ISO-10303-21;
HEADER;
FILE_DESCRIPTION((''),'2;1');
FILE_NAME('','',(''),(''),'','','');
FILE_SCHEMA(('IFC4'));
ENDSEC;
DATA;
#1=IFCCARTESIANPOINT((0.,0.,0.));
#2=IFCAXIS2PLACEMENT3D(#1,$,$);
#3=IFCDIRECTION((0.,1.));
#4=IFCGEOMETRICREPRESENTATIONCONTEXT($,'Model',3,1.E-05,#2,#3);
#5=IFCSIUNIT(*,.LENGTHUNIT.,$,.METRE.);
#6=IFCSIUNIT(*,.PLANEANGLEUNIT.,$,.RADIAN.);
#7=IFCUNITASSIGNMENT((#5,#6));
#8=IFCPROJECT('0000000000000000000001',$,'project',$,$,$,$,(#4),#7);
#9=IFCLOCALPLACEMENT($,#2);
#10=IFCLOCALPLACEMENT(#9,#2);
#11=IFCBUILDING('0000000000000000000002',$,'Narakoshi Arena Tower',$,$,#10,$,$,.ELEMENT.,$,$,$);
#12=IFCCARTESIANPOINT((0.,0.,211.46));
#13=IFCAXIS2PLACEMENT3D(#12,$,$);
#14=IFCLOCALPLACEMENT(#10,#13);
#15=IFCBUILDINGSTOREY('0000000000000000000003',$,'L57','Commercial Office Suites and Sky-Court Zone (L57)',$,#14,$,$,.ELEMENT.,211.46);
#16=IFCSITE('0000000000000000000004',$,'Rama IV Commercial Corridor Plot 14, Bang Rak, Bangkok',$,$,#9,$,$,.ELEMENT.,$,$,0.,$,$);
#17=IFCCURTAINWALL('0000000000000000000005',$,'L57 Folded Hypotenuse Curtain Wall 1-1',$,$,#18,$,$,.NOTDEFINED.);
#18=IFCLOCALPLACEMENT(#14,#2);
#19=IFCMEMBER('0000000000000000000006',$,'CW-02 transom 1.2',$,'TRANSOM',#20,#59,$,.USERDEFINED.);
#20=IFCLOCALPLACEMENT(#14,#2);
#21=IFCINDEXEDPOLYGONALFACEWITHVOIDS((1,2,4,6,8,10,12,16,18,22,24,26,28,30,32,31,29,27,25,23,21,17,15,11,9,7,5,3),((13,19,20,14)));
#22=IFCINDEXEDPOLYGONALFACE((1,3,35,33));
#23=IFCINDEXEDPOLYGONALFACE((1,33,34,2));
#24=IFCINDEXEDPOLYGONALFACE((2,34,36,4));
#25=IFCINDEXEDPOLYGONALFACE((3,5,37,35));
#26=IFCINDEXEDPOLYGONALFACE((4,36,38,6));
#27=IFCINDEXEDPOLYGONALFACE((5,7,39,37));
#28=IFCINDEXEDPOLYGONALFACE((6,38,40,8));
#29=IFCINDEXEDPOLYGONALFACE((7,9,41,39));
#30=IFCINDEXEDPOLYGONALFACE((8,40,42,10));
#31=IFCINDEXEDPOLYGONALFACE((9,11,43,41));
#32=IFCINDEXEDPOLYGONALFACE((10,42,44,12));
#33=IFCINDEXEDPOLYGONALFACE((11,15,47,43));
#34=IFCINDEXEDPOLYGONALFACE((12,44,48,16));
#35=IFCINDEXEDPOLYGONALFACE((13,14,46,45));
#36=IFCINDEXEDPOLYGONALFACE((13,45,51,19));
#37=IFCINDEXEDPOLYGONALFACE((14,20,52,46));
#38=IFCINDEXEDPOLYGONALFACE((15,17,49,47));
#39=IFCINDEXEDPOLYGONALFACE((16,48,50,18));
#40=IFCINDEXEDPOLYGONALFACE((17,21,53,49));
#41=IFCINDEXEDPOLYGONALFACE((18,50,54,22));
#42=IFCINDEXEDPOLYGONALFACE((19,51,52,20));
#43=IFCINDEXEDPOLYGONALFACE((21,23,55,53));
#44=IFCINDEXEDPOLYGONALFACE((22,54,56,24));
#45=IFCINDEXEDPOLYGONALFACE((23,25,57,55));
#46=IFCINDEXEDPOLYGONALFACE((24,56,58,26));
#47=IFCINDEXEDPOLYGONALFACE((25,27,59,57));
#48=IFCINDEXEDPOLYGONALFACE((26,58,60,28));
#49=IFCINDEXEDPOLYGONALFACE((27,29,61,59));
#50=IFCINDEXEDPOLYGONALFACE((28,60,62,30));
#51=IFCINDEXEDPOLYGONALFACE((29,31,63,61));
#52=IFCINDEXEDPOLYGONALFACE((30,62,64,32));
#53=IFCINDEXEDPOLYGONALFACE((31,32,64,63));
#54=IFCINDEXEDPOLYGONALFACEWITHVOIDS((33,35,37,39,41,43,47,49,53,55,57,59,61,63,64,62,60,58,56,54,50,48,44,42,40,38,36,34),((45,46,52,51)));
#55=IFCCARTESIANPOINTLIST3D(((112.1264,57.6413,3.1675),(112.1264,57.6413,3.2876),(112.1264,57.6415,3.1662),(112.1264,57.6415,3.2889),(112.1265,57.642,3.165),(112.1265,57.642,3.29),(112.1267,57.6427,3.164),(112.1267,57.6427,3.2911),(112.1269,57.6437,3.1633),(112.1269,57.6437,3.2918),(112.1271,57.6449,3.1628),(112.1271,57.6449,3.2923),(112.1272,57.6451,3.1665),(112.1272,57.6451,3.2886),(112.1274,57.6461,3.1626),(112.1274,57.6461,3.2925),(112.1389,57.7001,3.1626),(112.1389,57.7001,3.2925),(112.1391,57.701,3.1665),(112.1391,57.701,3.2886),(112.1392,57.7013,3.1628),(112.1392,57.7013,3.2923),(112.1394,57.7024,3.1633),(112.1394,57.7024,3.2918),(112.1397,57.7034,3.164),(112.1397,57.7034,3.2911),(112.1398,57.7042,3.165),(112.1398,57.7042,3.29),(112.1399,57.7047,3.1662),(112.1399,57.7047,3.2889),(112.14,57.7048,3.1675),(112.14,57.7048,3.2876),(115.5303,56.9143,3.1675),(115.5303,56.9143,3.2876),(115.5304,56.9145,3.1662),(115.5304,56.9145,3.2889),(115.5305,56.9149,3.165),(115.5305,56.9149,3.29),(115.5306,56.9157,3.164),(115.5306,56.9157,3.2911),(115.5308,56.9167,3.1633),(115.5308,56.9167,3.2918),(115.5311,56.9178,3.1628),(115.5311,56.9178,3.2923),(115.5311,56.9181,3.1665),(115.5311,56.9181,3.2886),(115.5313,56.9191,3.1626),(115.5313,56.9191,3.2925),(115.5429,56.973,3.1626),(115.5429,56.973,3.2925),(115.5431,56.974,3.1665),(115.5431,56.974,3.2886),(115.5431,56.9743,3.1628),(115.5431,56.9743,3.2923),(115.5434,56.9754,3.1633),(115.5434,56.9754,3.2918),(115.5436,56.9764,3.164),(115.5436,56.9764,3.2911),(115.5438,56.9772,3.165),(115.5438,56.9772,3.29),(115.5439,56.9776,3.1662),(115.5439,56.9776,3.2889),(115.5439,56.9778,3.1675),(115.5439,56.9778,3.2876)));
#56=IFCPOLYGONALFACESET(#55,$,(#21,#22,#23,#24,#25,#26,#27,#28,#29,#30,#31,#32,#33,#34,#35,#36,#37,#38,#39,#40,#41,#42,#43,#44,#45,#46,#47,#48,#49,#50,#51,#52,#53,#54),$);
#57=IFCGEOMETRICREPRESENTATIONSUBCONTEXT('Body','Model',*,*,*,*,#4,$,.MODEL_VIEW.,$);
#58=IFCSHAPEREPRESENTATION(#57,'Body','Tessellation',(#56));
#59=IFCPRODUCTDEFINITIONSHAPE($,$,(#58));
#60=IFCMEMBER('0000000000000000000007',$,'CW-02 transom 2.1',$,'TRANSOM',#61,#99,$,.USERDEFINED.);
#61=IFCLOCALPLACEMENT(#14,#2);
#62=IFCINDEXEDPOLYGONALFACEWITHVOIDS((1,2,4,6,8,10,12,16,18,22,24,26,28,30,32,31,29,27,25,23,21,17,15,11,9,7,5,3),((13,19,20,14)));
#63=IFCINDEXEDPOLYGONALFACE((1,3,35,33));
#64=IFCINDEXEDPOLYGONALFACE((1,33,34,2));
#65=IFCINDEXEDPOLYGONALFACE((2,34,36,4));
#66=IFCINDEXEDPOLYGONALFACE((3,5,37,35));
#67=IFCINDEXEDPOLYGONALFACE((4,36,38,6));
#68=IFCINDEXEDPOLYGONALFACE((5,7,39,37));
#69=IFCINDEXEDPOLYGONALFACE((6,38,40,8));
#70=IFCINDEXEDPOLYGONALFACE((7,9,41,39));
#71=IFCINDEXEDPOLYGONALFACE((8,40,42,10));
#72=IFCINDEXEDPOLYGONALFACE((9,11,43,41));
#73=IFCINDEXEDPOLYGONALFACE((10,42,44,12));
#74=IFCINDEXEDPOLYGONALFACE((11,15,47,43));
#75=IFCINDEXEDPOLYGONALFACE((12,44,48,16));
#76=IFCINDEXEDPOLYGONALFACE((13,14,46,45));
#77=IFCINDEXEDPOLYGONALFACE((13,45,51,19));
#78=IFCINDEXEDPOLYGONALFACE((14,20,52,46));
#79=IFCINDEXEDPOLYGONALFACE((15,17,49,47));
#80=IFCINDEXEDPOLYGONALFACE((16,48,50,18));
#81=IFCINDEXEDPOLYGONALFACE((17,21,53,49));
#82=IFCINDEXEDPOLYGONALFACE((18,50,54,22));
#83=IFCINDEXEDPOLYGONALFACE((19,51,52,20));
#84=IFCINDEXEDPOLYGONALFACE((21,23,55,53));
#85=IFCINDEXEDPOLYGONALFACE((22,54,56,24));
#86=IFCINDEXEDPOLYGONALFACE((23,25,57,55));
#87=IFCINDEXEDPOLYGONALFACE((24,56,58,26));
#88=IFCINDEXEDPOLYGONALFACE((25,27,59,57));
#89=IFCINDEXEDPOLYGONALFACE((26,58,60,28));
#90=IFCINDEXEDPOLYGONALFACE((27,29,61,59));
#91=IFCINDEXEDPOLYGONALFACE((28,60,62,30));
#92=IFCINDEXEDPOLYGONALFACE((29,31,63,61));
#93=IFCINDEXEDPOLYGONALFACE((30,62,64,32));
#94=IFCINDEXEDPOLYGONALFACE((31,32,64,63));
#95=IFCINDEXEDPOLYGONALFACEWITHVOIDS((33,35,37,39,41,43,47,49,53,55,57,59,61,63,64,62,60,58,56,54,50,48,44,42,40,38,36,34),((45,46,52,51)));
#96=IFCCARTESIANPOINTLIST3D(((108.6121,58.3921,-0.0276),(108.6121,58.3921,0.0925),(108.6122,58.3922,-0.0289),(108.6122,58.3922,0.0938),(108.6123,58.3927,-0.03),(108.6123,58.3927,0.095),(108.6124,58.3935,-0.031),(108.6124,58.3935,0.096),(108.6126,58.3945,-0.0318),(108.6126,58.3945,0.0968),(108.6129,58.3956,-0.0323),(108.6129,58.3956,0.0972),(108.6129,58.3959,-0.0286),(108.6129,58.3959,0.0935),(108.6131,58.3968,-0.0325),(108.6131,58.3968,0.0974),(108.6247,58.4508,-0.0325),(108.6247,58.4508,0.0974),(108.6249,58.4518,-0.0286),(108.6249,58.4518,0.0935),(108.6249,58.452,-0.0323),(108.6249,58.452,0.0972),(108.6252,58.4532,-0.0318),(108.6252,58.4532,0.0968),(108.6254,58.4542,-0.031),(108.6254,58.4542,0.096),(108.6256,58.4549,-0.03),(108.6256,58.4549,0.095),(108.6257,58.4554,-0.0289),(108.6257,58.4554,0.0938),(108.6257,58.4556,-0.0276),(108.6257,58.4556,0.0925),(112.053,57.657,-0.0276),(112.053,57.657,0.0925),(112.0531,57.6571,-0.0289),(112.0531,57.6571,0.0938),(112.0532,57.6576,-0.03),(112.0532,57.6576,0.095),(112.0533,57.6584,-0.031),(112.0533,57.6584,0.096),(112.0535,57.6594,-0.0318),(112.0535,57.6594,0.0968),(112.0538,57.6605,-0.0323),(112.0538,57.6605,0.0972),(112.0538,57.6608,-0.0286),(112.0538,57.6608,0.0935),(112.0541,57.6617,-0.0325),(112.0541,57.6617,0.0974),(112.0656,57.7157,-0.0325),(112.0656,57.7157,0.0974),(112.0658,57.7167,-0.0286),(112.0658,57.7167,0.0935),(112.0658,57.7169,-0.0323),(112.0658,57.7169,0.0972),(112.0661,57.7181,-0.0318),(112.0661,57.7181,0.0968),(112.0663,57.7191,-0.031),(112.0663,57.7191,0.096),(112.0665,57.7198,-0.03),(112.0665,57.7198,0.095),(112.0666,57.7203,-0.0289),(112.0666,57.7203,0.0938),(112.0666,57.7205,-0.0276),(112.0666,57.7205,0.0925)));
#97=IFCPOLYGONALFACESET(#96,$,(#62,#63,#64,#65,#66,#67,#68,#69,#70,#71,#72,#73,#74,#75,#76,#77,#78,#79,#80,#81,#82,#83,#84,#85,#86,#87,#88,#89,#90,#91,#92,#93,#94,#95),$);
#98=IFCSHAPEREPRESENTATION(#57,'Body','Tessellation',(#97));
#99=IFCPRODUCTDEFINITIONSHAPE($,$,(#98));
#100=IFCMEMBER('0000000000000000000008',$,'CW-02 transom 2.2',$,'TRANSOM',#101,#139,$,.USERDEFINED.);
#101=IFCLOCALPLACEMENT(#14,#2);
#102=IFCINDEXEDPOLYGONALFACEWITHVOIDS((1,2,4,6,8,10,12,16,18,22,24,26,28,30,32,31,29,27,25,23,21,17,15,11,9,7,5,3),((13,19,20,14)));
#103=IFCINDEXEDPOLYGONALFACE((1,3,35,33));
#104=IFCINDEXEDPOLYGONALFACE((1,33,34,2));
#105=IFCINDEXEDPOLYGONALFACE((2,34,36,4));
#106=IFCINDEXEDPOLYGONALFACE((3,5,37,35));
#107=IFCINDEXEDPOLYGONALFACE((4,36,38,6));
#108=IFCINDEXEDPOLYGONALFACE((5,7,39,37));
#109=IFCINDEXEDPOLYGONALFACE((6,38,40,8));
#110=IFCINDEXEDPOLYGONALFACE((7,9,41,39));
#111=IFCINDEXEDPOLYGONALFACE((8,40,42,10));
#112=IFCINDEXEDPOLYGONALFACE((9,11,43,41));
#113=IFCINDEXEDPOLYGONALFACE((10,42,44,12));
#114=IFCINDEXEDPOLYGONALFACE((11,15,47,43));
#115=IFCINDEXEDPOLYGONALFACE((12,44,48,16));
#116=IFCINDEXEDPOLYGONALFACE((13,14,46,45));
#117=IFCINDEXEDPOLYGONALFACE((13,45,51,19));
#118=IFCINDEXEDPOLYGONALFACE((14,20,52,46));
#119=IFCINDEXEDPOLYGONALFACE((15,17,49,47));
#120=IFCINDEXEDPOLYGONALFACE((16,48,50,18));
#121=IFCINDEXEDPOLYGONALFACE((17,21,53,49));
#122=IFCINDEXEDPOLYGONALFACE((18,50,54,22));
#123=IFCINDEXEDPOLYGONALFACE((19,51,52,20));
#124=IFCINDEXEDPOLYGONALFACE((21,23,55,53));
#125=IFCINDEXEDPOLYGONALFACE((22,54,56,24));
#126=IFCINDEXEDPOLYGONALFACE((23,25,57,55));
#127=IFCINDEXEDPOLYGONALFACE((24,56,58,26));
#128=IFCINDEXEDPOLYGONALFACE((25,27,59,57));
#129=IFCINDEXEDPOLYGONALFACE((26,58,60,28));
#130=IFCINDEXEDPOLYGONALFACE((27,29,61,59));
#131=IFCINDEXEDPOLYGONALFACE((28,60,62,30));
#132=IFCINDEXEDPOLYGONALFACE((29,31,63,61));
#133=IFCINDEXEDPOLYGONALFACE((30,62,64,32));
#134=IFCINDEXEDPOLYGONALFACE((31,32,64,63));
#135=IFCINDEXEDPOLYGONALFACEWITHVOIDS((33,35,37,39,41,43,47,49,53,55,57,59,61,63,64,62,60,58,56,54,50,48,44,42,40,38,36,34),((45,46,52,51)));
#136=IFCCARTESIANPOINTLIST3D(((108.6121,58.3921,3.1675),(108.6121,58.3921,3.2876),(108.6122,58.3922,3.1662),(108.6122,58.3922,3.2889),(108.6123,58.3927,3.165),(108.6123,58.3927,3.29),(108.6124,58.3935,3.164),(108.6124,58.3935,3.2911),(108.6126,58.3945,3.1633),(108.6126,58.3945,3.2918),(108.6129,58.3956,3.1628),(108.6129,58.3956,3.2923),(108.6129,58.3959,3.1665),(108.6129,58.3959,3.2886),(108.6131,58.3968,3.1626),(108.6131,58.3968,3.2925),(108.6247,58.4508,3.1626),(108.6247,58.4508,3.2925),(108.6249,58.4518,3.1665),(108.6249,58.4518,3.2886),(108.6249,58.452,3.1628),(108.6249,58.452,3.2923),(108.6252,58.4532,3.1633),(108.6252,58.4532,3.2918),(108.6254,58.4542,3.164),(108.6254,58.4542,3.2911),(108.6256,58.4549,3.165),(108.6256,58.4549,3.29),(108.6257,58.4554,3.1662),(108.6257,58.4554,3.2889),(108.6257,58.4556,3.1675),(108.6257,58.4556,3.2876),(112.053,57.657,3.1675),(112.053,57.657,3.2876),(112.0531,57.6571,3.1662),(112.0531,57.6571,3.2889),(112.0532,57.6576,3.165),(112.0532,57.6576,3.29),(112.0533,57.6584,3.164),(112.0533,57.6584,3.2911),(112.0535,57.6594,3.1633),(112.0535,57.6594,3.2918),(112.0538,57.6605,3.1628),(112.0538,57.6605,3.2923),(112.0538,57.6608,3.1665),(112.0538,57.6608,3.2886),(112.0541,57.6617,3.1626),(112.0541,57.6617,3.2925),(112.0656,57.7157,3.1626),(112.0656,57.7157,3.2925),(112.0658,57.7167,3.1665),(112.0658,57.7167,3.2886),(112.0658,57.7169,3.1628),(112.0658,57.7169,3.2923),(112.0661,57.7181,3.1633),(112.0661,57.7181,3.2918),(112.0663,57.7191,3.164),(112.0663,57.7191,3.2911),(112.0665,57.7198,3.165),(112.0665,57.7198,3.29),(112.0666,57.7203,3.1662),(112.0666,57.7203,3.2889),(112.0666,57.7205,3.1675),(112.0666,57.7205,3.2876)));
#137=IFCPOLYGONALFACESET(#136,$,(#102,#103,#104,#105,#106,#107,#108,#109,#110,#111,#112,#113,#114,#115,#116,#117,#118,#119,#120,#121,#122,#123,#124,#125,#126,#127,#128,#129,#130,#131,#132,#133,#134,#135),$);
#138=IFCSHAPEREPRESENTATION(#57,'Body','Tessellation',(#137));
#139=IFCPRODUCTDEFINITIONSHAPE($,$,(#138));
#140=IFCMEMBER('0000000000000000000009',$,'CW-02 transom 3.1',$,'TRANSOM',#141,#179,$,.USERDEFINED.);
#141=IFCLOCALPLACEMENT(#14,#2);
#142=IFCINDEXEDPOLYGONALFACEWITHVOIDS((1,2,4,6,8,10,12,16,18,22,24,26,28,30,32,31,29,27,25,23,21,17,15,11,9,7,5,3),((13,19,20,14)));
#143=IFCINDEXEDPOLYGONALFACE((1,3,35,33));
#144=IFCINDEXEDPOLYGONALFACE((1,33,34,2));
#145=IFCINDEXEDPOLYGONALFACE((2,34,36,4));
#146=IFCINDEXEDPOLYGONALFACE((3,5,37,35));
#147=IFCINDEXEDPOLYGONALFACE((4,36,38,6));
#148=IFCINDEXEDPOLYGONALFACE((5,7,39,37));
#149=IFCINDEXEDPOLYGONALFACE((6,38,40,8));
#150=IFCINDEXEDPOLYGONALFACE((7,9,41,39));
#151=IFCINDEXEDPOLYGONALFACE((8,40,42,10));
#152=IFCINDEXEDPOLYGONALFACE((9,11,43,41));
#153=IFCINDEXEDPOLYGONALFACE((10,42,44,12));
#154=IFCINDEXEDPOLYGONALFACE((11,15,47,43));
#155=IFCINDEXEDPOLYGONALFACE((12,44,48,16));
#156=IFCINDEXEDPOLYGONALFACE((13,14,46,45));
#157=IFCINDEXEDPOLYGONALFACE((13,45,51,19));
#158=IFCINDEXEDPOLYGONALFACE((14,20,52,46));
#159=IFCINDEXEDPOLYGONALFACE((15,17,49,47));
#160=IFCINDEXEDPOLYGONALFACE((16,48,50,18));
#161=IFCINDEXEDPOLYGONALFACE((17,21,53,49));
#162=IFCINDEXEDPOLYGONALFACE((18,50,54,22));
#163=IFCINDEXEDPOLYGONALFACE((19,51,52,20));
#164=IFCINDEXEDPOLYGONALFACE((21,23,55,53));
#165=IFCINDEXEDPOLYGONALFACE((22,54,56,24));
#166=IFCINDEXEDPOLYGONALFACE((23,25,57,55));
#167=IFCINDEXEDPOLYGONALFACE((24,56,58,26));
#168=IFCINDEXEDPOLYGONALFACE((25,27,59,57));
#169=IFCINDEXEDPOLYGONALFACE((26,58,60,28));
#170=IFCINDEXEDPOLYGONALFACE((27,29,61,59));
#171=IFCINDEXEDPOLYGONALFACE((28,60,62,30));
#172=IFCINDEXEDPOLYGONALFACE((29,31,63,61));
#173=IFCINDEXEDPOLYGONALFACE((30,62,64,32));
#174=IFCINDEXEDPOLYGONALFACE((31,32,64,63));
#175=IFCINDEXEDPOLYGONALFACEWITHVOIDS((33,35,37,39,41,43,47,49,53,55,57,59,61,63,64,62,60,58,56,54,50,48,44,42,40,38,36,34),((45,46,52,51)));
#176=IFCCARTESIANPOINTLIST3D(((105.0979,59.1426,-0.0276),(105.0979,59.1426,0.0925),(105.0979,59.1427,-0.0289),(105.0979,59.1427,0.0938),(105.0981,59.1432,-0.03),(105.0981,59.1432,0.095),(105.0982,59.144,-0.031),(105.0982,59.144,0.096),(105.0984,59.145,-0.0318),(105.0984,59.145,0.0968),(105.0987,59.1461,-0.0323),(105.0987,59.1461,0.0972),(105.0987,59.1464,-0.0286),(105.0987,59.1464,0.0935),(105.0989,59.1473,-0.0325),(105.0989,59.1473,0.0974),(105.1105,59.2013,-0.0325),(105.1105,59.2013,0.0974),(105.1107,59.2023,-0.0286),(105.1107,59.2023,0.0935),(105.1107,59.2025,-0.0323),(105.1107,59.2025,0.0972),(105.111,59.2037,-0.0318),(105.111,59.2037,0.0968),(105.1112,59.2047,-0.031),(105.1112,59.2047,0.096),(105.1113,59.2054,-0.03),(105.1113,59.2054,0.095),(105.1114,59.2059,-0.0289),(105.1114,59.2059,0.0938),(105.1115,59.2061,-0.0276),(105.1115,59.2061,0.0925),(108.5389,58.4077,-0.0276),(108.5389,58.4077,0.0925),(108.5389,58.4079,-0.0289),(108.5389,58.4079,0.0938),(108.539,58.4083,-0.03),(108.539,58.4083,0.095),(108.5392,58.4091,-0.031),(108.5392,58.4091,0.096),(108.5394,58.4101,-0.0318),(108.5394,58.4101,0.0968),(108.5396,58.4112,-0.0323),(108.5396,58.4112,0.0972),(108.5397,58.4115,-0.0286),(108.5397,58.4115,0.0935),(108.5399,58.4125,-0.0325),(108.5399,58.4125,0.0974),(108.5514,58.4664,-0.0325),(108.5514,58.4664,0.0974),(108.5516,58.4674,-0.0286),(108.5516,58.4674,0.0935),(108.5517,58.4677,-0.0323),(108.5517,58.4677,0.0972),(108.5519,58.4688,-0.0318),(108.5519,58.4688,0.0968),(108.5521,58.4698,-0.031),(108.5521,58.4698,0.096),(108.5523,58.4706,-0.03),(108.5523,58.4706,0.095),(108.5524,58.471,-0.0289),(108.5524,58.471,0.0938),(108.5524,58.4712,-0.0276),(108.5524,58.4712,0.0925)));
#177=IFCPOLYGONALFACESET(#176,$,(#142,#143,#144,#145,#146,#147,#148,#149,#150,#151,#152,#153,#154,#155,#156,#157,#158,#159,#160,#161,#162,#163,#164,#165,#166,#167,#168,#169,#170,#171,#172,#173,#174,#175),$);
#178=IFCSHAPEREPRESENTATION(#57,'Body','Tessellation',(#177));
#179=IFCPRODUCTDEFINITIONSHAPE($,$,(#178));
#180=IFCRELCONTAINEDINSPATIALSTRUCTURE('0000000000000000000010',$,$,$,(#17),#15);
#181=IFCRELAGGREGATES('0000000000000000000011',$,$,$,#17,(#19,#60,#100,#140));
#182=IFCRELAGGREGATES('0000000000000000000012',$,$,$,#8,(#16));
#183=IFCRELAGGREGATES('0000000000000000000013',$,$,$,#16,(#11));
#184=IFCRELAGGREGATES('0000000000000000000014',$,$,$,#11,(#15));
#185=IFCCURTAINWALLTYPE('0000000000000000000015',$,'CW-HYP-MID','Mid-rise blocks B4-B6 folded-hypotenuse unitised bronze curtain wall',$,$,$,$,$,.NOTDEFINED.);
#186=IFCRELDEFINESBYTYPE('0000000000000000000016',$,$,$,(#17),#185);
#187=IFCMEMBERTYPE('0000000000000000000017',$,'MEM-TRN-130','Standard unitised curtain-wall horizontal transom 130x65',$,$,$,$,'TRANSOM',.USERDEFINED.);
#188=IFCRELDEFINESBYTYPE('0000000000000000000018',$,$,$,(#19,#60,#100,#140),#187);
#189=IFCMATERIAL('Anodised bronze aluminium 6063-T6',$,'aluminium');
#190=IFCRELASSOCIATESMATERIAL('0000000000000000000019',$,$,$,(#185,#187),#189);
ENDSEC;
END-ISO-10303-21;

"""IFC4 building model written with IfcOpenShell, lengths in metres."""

from ifc_helpers import new_model, si_unit, direction, frame, origin, origin_2d, place, context, subcontext, project, spatial, hollow_rectangle, extrude, material, material_profile, profile_set, type_object, element, aggregate, save


model = new_model("IFC4")

# Units and contexts
model_context = context("Model", 3, precision=1e-05, world=origin(), true_north=direction((0.0, 1.0)))
body_context = subcontext(model_context, "Body", "Model", "MODEL_VIEW")
ifc_project = project(units=[si_unit("LENGTHUNIT", "METRE"), si_unit("PLANEANGLEUNIT", "RADIAN")], contexts=[model_context])

# Site, building, storey
site_placement = place(None, origin())
site = spatial("IfcSite", under=ifc_project, at=site_placement, Name="Rama IV Commercial Corridor Plot 14, Bang Rak, Bangkok", CompositionType="ELEMENT", RefElevation=0.0)
building_placement = place(site_placement, origin())
building = spatial("IfcBuilding", under=site, at=building_placement, Name="Narakoshi Arena Tower", CompositionType="ELEMENT")
storey_placement = place(building_placement, frame((0.0, 0.0, 211.46)))
storey = spatial("IfcBuildingStorey", under=building, at=storey_placement, Name="L57", Description="Commercial Office Suites and Sky-Court Zone (L57)", CompositionType="ELEMENT", Elevation=211.46)

# Curtain wall, members
ifc_material_1 = material(Name="Anodised bronze aluminium 6063-T6", Category="aluminium")
curtain_wall_type = type_object("IfcCurtainWallType", Name="CW-HYP-MID", Description="Mid-rise blocks B4-B6 folded-hypotenuse unitised bronze curtain wall", PredefinedType="NOTDEFINED", material=ifc_material_1)
curtain_wall_placement = place(storey_placement, origin())
curtain_wall = element("IfcCurtainWall", 1, at=curtain_wall_placement, inside=storey, type_object=curtain_wall_type, Name="L57 Folded Hypotenuse Curtain Wall 1-1", PredefinedType="NOTDEFINED")
ifc_material_profile_1 = material_profile(ifc_material_1, hollow_rectangle(XDim=0.0649, YDim=0.1299, WallThickness=0.0039, OuterFilletRadius=0.0049, at=origin_2d()), Name="TRN130x65x4")
ifc_profile_set_1 = profile_set([ifc_material_profile_1], Name="Anodised bronze aluminium 6063-T6")
member_type_1 = type_object("IfcMemberType", Name="MEM-TRN-130", Description="Standard unitised curtain-wall horizontal transom 130x65", ElementType="TRANSOM", PredefinedType="USERDEFINED", material=ifc_profile_set_1)
member_1_placement = place(storey_placement, frame((115.5371, 56.946, 3.2275), z_axis=(-0.977943, 0.208873, 0.0), x_axis=(-0.208873, -0.977943, 0.0)))
member_1 = element("IfcMember", 2, at=member_1_placement, type_object=member_type_1, Name="CW-02 transom 1.2", ObjectType="TRANSOM", PredefinedType="USERDEFINED", context=body_context, shape_type="SweptSolid", body=[
    extrude(hollow_rectangle(XDim=0.0649, YDim=0.1299, WallThickness=0.0039, OuterFilletRadius=0.0049, at=origin_2d()), origin(), (0.0, 0.0, 1.0), 3.4807),
])
member_2_placement = place(storey_placement, frame((112.0598, 57.6887, 0.0325), z_axis=(-0.977932, 0.208923, 0.0), x_axis=(-0.208923, -0.977932, 0.0)))
member_2 = element("IfcMember", 3, at=member_2_placement, type_object=member_type_1, Name="CW-02 transom 2.1", ObjectType="TRANSOM", PredefinedType="USERDEFINED", context=body_context, shape_type="SweptSolid", body=[
    extrude(hollow_rectangle(XDim=0.0649, YDim=0.1299, WallThickness=0.0039, OuterFilletRadius=0.0049, at=origin_2d()), origin(), (0.0, 0.0, 1.0), 3.5186),
])
member_3_placement = place(storey_placement, frame((112.0598, 57.6887, 3.2275), z_axis=(-0.977932, 0.208923, 0.0), x_axis=(-0.208923, -0.977932, 0.0)))
member_3 = element("IfcMember", 4, at=member_3_placement, type_object=member_type_1, Name="CW-02 transom 2.2", ObjectType="TRANSOM", PredefinedType="USERDEFINED", context=body_context, shape_type="SweptSolid", body=[
    extrude(hollow_rectangle(XDim=0.0649, YDim=0.1299, WallThickness=0.0039, OuterFilletRadius=0.0049, at=origin_2d()), origin(), (0.0, 0.0, 1.0), 3.5186),
])
member_4_placement = place(storey_placement, frame((108.5457, 58.4395, 0.0325), z_axis=(-0.977946, 0.208856, 0.0), x_axis=(-0.208856, -0.977946, 0.0)))
member_4 = element("IfcMember", 5, at=member_4_placement, type_object=member_type_1, Name="CW-02 transom 3.1", ObjectType="TRANSOM", PredefinedType="USERDEFINED", context=body_context, shape_type="SweptSolid", body=[
    extrude(hollow_rectangle(XDim=0.0649, YDim=0.1299, WallThickness=0.0039, OuterFilletRadius=0.0049, at=origin_2d()), origin(), (0.0, 0.0, 1.0), 3.5186),
])
aggregate(curtain_wall, [member_1, member_2, member_3, member_4])

save(model, "model.ifc")
